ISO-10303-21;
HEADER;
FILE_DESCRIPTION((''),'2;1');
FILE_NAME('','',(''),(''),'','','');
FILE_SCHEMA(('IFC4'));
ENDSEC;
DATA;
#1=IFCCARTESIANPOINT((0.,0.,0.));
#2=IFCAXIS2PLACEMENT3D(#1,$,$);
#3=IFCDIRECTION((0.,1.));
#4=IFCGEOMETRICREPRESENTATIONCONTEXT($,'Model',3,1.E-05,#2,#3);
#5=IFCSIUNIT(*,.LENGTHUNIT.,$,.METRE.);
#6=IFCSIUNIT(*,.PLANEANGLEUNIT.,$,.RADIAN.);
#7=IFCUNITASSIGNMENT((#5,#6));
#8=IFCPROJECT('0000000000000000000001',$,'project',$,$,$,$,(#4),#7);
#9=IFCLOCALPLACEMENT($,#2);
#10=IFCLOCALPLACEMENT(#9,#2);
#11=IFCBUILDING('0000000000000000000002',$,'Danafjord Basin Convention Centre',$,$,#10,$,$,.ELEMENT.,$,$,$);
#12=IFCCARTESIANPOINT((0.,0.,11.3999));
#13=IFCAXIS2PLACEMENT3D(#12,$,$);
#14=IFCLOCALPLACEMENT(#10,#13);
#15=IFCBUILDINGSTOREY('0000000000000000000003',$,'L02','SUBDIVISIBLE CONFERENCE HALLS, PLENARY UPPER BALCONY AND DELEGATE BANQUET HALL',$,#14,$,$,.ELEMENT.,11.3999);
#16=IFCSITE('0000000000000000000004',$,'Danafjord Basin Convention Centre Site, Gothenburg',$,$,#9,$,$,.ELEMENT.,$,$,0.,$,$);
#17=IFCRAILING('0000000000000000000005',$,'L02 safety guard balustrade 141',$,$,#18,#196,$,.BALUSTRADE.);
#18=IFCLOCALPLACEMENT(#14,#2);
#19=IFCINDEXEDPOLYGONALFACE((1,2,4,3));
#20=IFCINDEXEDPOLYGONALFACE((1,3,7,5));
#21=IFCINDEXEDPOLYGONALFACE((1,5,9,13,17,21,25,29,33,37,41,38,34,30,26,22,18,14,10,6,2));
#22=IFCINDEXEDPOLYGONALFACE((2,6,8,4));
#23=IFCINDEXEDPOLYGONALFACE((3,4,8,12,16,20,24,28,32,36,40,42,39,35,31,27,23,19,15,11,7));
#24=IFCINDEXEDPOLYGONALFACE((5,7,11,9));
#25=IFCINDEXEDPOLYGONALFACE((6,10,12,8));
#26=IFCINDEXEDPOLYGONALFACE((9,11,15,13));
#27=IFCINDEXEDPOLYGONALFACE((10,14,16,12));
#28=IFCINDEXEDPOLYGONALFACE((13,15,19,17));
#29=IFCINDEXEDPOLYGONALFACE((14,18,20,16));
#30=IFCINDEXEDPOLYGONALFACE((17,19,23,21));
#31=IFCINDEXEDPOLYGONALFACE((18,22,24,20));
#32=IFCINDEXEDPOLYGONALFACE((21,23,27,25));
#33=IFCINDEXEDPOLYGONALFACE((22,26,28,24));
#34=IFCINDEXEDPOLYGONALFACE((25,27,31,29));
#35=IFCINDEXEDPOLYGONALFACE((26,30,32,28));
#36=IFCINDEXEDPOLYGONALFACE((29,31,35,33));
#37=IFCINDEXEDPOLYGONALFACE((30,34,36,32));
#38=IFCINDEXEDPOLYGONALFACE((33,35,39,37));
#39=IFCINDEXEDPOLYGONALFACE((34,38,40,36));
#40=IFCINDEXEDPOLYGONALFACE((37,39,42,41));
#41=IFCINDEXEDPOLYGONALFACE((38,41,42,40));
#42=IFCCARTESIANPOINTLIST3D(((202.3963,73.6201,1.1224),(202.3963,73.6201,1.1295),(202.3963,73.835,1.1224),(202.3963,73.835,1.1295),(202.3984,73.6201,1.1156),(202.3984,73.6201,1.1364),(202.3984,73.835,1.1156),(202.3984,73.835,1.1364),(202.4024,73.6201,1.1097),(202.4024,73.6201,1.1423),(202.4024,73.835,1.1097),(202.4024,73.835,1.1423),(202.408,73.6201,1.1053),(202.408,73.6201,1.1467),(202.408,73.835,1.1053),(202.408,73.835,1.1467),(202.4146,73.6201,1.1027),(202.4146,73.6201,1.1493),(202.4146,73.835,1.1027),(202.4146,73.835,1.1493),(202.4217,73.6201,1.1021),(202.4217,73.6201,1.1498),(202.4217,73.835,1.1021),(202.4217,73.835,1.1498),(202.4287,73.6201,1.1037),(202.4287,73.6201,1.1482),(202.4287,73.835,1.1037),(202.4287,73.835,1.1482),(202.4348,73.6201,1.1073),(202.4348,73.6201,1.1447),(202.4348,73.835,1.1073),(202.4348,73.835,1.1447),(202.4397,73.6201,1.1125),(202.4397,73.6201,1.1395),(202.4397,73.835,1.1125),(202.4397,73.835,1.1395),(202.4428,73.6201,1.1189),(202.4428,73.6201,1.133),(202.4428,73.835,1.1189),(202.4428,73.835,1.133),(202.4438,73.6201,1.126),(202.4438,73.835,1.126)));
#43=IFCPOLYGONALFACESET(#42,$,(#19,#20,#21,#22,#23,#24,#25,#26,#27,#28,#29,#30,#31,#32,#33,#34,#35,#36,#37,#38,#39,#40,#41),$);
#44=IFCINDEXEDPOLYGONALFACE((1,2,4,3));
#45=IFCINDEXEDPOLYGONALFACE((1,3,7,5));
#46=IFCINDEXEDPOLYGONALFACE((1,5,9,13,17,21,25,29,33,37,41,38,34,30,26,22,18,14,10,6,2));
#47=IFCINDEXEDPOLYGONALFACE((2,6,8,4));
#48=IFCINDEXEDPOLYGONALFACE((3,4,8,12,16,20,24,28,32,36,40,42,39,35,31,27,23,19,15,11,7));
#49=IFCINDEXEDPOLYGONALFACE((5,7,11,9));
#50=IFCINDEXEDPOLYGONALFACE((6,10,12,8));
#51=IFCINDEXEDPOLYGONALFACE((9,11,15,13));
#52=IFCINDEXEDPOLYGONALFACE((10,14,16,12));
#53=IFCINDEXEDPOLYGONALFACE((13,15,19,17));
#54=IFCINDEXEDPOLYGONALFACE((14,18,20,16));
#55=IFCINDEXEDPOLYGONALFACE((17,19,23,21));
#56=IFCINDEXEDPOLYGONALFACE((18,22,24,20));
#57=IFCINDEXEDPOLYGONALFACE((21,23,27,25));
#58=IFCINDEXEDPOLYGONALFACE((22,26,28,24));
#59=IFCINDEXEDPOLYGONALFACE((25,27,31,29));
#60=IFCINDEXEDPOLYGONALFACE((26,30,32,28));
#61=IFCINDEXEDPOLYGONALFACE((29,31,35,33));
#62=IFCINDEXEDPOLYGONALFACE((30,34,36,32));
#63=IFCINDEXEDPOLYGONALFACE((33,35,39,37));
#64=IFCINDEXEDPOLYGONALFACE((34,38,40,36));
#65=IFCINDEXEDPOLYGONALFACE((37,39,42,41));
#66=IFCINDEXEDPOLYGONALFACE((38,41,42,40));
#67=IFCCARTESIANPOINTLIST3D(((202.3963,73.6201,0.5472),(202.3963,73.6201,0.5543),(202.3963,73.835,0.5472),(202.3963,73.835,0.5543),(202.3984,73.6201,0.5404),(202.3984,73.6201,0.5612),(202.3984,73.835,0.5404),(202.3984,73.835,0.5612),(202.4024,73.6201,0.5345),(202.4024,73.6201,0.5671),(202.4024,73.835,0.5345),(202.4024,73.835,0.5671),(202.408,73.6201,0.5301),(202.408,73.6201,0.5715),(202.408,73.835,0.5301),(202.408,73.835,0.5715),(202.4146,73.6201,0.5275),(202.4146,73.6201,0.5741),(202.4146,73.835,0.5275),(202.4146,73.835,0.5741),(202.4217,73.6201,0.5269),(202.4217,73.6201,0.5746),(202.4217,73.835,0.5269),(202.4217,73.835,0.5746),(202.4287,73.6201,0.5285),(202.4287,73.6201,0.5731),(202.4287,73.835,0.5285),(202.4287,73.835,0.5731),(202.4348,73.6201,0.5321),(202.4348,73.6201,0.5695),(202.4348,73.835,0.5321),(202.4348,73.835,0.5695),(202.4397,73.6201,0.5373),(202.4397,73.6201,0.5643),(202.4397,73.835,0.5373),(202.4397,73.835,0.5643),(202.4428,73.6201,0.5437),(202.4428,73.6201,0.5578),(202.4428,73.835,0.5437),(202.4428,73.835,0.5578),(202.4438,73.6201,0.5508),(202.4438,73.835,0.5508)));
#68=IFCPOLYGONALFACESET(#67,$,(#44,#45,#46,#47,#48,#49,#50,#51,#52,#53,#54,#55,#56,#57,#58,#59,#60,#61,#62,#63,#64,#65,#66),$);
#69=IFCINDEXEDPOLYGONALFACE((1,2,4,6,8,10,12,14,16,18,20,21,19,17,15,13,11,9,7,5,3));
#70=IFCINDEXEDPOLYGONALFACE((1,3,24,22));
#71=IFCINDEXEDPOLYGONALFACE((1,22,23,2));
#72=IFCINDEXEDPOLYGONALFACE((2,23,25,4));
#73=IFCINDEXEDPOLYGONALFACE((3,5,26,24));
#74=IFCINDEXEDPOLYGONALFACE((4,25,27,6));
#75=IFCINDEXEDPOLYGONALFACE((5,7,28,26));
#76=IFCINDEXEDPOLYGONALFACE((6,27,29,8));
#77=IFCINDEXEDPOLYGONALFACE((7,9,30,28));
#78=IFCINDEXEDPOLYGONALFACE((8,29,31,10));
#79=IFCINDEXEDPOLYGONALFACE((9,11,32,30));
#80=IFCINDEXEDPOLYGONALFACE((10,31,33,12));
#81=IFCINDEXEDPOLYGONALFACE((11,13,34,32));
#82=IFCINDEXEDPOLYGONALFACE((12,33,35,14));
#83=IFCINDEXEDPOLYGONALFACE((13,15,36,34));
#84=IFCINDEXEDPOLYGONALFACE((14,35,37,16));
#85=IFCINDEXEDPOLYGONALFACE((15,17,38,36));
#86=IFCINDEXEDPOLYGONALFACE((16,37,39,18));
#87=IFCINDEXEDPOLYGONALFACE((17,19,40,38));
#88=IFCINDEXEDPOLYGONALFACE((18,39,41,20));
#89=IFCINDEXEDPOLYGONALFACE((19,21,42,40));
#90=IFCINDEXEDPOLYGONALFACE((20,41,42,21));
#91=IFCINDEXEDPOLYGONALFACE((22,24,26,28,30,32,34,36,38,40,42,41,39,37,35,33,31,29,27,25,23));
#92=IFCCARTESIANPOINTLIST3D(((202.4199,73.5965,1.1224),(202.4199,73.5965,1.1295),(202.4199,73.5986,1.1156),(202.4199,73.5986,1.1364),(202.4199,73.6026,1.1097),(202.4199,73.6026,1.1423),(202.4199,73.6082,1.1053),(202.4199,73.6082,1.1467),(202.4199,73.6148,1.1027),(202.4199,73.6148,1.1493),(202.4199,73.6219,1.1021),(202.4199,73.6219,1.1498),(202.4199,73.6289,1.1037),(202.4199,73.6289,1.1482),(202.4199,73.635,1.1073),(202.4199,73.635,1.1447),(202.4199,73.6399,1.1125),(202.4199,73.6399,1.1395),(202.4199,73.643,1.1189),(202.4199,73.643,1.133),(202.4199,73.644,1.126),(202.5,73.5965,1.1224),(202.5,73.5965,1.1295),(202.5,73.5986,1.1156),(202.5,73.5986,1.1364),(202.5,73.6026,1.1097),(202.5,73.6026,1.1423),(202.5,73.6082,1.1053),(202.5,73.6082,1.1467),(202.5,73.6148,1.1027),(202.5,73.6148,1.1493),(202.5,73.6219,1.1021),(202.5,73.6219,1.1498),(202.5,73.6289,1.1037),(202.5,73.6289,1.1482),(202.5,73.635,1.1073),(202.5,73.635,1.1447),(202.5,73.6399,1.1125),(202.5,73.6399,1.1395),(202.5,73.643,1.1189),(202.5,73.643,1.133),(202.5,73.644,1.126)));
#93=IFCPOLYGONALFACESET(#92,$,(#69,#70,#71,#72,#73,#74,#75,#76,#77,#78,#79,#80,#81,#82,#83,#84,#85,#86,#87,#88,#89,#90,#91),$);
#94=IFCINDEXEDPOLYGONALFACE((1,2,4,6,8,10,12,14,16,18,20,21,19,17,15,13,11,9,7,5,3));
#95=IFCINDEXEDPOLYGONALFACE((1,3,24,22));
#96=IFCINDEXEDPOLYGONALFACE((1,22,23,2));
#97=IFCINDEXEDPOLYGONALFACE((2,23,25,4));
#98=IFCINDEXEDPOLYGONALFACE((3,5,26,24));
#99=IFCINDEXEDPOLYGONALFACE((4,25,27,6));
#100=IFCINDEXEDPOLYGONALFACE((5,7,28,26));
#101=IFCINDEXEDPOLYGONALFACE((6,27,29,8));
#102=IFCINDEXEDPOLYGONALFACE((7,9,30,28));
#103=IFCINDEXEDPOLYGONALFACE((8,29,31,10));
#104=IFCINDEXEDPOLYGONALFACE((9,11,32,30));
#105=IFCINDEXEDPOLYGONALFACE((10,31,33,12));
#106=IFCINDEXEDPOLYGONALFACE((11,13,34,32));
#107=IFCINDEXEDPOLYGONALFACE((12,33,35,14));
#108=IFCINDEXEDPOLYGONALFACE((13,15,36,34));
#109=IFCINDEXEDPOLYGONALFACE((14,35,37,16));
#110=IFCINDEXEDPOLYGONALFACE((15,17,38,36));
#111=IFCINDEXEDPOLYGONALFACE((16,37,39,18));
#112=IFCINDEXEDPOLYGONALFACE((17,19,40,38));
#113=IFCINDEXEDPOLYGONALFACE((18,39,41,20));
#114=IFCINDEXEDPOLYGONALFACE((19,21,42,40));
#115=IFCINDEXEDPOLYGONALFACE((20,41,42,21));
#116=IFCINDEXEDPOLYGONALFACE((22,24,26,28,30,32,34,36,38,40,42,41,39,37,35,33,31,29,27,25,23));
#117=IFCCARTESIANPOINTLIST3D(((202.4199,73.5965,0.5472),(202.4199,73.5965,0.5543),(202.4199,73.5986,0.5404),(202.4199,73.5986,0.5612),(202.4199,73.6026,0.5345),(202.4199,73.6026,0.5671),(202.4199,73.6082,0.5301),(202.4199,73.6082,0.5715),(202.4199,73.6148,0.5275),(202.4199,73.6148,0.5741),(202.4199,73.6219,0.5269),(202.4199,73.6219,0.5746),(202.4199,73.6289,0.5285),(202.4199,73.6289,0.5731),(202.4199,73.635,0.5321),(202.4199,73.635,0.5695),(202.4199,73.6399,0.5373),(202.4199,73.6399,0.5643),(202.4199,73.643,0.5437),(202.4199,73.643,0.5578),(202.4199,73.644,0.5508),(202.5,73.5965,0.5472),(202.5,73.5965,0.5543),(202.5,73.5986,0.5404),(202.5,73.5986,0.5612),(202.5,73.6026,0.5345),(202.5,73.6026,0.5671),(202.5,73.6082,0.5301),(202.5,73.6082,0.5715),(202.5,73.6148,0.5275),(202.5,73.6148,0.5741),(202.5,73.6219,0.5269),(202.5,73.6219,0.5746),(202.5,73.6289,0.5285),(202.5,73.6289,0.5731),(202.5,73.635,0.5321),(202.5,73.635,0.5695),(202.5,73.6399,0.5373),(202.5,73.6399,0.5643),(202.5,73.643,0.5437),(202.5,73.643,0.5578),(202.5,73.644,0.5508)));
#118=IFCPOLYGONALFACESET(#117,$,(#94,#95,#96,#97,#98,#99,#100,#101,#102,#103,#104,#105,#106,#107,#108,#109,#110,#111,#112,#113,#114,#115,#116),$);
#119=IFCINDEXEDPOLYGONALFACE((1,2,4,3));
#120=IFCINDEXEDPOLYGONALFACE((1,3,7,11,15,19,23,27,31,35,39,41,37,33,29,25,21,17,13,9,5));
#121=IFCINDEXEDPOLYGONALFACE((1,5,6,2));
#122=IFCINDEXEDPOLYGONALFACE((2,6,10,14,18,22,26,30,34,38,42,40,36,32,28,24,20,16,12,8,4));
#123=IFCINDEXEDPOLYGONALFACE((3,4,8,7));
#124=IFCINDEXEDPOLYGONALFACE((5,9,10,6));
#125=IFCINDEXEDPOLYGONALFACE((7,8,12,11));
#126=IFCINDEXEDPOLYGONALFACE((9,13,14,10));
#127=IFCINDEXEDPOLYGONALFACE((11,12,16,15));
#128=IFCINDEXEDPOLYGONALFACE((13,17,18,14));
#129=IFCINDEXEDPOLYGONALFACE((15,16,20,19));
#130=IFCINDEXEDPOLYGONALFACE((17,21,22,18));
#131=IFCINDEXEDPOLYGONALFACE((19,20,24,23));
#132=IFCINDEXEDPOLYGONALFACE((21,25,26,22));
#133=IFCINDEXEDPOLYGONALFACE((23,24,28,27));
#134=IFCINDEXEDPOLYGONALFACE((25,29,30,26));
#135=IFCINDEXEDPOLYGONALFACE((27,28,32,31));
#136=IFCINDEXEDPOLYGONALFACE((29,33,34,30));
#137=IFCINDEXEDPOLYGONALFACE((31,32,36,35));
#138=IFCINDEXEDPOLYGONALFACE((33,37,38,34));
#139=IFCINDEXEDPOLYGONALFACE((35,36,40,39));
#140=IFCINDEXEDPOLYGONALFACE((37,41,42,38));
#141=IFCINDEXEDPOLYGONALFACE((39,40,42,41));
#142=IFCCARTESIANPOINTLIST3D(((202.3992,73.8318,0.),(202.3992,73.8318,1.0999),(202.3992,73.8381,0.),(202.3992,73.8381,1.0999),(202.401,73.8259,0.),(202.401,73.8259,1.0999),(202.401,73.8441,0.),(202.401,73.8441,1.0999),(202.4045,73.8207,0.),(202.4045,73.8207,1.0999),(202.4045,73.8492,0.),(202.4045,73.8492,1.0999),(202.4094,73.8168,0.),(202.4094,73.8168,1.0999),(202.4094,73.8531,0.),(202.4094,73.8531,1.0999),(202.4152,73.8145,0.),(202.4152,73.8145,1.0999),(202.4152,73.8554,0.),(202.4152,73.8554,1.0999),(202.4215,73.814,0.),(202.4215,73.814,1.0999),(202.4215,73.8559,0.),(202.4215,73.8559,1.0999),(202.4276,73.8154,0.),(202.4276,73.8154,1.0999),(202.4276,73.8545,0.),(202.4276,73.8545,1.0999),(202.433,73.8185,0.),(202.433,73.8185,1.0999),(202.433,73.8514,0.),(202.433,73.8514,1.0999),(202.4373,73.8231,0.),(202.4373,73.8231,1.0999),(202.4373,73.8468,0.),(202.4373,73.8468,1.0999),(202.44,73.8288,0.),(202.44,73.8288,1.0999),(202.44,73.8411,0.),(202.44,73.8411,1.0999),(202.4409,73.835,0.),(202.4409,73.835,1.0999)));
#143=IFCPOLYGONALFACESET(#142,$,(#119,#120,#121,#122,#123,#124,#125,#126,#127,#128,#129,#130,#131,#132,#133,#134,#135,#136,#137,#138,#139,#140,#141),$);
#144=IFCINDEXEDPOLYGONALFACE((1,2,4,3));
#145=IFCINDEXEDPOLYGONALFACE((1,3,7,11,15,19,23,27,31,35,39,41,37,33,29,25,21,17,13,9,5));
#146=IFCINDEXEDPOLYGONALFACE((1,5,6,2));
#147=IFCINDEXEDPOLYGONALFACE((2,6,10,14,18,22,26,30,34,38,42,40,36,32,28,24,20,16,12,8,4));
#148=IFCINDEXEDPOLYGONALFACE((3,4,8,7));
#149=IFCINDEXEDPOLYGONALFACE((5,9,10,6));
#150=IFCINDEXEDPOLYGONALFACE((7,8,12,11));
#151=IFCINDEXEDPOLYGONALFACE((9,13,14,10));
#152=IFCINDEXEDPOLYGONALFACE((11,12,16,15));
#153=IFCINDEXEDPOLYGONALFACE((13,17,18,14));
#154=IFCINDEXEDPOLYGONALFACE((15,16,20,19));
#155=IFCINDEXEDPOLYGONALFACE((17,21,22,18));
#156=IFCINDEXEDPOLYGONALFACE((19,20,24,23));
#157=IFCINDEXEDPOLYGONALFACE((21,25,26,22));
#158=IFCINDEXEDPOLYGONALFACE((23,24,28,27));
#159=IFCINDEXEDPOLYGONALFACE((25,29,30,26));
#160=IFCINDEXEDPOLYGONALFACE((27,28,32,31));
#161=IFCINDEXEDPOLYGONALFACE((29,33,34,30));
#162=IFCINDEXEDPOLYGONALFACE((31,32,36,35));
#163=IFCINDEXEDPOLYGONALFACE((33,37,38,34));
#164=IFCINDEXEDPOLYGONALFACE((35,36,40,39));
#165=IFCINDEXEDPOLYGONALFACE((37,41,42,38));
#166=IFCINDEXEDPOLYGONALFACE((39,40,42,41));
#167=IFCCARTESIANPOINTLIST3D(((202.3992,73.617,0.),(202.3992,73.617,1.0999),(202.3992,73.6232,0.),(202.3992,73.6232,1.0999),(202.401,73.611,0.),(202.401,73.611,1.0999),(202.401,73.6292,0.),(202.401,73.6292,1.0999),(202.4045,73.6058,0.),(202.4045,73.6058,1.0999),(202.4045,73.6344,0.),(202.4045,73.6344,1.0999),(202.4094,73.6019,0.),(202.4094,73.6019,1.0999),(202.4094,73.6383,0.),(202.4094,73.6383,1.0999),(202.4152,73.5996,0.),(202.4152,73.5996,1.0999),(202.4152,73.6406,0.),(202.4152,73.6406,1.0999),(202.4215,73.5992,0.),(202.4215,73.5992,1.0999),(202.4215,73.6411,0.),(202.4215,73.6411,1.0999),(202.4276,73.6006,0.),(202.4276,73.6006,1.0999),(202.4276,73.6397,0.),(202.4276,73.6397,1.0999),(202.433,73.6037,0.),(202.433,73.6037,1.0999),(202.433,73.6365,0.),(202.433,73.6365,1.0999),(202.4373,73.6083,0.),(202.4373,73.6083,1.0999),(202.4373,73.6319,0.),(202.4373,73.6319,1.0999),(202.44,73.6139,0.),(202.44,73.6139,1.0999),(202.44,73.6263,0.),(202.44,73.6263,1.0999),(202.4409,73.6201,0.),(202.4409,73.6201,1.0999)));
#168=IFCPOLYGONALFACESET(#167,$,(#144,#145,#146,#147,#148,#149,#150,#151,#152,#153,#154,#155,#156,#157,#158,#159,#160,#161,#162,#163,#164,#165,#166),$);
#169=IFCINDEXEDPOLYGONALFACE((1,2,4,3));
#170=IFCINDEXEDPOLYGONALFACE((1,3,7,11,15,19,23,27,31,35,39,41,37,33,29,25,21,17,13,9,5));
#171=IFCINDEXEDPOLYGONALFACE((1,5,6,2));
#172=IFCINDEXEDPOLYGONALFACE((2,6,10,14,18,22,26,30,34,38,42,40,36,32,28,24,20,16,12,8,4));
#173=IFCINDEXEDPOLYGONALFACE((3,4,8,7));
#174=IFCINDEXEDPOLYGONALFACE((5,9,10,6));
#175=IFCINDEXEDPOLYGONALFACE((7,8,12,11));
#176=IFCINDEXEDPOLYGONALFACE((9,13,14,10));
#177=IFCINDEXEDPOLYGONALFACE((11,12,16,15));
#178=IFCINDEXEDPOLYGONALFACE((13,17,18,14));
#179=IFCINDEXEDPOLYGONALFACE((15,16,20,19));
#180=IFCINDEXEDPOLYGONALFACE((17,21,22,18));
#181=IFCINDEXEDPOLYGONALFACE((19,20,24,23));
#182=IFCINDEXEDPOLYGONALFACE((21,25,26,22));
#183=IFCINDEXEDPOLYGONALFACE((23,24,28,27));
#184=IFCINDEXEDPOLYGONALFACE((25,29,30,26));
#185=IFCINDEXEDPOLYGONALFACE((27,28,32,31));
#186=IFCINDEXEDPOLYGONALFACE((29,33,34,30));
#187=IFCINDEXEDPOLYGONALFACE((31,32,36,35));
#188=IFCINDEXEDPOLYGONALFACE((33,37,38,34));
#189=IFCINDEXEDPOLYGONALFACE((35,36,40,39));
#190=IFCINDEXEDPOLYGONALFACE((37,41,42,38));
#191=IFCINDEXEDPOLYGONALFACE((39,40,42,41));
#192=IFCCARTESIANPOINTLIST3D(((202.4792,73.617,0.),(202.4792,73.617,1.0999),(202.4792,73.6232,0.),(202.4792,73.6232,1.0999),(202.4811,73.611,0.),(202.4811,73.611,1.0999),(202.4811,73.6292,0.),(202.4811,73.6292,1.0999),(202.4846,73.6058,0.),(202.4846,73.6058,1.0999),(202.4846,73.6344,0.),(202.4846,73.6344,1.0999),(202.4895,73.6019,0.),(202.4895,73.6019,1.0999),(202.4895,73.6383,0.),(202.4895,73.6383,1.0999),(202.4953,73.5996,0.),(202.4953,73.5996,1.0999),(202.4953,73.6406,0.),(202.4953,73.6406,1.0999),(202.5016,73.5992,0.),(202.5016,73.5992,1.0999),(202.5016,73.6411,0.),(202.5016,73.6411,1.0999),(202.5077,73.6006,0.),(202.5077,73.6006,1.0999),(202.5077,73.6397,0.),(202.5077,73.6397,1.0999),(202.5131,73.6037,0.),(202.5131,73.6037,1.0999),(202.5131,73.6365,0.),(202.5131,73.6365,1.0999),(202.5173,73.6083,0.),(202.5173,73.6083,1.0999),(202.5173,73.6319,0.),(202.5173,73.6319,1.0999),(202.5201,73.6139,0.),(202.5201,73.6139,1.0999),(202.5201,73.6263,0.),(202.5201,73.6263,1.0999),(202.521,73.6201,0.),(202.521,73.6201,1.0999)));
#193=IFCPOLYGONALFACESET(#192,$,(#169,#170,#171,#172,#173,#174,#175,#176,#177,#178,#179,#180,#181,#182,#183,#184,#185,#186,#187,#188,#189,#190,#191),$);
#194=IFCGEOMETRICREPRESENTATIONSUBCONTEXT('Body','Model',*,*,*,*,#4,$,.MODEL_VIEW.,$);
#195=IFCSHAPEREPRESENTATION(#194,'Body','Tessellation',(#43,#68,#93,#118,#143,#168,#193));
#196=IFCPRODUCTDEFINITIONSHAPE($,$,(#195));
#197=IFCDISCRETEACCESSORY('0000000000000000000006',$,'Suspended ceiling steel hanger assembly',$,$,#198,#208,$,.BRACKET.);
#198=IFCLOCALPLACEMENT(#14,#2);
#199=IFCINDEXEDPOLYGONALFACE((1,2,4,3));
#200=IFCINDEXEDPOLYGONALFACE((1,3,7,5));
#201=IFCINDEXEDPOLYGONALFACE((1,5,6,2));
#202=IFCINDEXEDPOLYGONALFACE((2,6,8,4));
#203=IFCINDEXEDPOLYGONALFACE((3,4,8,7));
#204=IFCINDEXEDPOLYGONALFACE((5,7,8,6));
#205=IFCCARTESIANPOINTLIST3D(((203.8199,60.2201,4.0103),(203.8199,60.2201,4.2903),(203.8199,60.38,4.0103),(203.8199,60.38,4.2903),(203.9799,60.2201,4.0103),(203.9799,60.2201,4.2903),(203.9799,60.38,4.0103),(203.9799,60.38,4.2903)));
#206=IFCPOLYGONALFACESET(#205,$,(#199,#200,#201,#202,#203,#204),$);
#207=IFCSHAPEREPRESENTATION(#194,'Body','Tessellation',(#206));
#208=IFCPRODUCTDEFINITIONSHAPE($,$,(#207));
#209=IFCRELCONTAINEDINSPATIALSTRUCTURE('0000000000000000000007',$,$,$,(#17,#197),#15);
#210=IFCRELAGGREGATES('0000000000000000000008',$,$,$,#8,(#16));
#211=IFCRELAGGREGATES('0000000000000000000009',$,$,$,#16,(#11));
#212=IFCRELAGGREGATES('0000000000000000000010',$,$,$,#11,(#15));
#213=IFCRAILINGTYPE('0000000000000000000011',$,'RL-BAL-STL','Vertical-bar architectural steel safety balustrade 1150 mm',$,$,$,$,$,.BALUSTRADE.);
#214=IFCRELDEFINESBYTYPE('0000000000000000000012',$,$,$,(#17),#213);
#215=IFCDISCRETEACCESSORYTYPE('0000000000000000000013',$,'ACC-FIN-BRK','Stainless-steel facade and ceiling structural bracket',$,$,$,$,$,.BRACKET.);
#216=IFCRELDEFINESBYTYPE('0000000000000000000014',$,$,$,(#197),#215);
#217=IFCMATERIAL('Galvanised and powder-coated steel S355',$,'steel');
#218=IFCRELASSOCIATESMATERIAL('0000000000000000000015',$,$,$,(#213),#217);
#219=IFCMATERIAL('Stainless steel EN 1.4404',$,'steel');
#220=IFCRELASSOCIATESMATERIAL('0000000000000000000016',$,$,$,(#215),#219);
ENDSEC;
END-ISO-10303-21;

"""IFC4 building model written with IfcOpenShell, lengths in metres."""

from ifc_helpers import new_model, si_unit, direction, frame, origin, origin_2d, place, context, subcontext, project, spatial, rectangle, circle, extrude, material, type_object, element, save


model = new_model("IFC4")

# Units and contexts
model_context = context("Model", 3, precision=1e-05, world=origin(), true_north=direction((0.0, 1.0)))
body_context = subcontext(model_context, "Body", "Model", "MODEL_VIEW")
ifc_project = project(units=[si_unit("LENGTHUNIT", "METRE"), si_unit("PLANEANGLEUNIT", "RADIAN")], contexts=[model_context])

# Site, building, storey
site_placement = place(None, origin())
site = spatial("IfcSite", under=ifc_project, at=site_placement, Name="Danafjord Basin Convention Centre Site, Gothenburg", CompositionType="ELEMENT", RefElevation=0.0)
building_placement = place(site_placement, origin())
building = spatial("IfcBuilding", under=site, at=building_placement, Name="Danafjord Basin Convention Centre", CompositionType="ELEMENT")
storey_placement = place(building_placement, frame((0.0, 0.0, 11.3999)))
storey = spatial("IfcBuildingStorey", under=building, at=storey_placement, Name="L02", Description="SUBDIVISIBLE CONFERENCE HALLS, PLENARY UPPER BALCONY AND DELEGATE BANQUET HALL", CompositionType="ELEMENT", Elevation=11.3999)

# Railing
ifc_material_1 = material(Name="Galvanised and powder-coated steel S355", Category="steel")
railing_type_1 = type_object("IfcRailingType", Name="RL-BAL-STL", Description="Vertical-bar architectural steel safety balustrade 1150 mm", PredefinedType="BALUSTRADE", material=ifc_material_1)
railing_1_placement = place(storey_placement, frame((202.4199, 73.835, 0.0)))
element("IfcRailing", 1, at=railing_1_placement, inside=storey, type_object=railing_type_1, Name="L02 safety guard balustrade 141", PredefinedType="BALUSTRADE", context=body_context, shape_type="SweptSolid", body=[
    extrude(circle(Radius=0.0239, at=origin_2d()), frame((0.0, 0.0, 1.126), z_axis=(0.0, -1.0, 0.0), x_axis=(1.0, 0.0, 0.0)), (0.0, 0.0, 1.0), 0.2148),
    extrude(circle(Radius=0.0239, at=origin_2d()), frame((0.0, 0.0, 0.5508), z_axis=(0.0, -1.0, 0.0), x_axis=(1.0, 0.0, 0.0)), (0.0, 0.0, 1.0), 0.2148),
    extrude(circle(Radius=0.0239, at=origin_2d()), frame((0.0, -0.2148, 1.126), z_axis=(1.0, 0.0, 0.0), x_axis=(0.0, 1.0, 0.0)), (0.0, 0.0, 1.0), 0.0801),
    extrude(circle(Radius=0.0239, at=origin_2d()), frame((0.0, -0.2148, 0.5508), z_axis=(1.0, 0.0, 0.0), x_axis=(0.0, 1.0, 0.0)), (0.0, 0.0, 1.0), 0.0801),
    extrude(circle(Radius=0.021, at=origin_2d()), origin(), (0.0, 0.0, 1.0), 1.0999),
    extrude(circle(Radius=0.021, at=origin_2d()), frame((0.0, -0.2148, 0.0)), (0.0, 0.0, 1.0), 1.0999),
    extrude(circle(Radius=0.021, at=origin_2d()), frame((0.0801, -0.2148, 0.0)), (0.0, 0.0, 1.0), 1.0999),
])

# Discrete accessory
ifc_material_2 = material(Name="Stainless steel EN 1.4404", Category="steel")
discrete_accessory_type_1 = type_object("IfcDiscreteAccessoryType", Name="ACC-FIN-BRK", Description="Stainless-steel facade and ceiling structural bracket", PredefinedType="BRACKET", material=ifc_material_2)
discrete_accessory_placement = place(storey_placement, frame((203.8999, 60.3, 4.0103), z_axis=(0.0, 0.0, 1.0), x_axis=(1.0, 0.0, 0.0)))
element("IfcDiscreteAccessory", 2, at=discrete_accessory_placement, inside=storey, type_object=discrete_accessory_type_1, Name="Suspended ceiling steel hanger assembly", PredefinedType="BRACKET", context=body_context, shape_type="SweptSolid", body=[
    extrude(rectangle(XDim=0.1599, YDim=0.1599, at=origin_2d()), origin(), (0.0, 0.0, 1.0), 0.28),
])

save(model, "model.ifc")
